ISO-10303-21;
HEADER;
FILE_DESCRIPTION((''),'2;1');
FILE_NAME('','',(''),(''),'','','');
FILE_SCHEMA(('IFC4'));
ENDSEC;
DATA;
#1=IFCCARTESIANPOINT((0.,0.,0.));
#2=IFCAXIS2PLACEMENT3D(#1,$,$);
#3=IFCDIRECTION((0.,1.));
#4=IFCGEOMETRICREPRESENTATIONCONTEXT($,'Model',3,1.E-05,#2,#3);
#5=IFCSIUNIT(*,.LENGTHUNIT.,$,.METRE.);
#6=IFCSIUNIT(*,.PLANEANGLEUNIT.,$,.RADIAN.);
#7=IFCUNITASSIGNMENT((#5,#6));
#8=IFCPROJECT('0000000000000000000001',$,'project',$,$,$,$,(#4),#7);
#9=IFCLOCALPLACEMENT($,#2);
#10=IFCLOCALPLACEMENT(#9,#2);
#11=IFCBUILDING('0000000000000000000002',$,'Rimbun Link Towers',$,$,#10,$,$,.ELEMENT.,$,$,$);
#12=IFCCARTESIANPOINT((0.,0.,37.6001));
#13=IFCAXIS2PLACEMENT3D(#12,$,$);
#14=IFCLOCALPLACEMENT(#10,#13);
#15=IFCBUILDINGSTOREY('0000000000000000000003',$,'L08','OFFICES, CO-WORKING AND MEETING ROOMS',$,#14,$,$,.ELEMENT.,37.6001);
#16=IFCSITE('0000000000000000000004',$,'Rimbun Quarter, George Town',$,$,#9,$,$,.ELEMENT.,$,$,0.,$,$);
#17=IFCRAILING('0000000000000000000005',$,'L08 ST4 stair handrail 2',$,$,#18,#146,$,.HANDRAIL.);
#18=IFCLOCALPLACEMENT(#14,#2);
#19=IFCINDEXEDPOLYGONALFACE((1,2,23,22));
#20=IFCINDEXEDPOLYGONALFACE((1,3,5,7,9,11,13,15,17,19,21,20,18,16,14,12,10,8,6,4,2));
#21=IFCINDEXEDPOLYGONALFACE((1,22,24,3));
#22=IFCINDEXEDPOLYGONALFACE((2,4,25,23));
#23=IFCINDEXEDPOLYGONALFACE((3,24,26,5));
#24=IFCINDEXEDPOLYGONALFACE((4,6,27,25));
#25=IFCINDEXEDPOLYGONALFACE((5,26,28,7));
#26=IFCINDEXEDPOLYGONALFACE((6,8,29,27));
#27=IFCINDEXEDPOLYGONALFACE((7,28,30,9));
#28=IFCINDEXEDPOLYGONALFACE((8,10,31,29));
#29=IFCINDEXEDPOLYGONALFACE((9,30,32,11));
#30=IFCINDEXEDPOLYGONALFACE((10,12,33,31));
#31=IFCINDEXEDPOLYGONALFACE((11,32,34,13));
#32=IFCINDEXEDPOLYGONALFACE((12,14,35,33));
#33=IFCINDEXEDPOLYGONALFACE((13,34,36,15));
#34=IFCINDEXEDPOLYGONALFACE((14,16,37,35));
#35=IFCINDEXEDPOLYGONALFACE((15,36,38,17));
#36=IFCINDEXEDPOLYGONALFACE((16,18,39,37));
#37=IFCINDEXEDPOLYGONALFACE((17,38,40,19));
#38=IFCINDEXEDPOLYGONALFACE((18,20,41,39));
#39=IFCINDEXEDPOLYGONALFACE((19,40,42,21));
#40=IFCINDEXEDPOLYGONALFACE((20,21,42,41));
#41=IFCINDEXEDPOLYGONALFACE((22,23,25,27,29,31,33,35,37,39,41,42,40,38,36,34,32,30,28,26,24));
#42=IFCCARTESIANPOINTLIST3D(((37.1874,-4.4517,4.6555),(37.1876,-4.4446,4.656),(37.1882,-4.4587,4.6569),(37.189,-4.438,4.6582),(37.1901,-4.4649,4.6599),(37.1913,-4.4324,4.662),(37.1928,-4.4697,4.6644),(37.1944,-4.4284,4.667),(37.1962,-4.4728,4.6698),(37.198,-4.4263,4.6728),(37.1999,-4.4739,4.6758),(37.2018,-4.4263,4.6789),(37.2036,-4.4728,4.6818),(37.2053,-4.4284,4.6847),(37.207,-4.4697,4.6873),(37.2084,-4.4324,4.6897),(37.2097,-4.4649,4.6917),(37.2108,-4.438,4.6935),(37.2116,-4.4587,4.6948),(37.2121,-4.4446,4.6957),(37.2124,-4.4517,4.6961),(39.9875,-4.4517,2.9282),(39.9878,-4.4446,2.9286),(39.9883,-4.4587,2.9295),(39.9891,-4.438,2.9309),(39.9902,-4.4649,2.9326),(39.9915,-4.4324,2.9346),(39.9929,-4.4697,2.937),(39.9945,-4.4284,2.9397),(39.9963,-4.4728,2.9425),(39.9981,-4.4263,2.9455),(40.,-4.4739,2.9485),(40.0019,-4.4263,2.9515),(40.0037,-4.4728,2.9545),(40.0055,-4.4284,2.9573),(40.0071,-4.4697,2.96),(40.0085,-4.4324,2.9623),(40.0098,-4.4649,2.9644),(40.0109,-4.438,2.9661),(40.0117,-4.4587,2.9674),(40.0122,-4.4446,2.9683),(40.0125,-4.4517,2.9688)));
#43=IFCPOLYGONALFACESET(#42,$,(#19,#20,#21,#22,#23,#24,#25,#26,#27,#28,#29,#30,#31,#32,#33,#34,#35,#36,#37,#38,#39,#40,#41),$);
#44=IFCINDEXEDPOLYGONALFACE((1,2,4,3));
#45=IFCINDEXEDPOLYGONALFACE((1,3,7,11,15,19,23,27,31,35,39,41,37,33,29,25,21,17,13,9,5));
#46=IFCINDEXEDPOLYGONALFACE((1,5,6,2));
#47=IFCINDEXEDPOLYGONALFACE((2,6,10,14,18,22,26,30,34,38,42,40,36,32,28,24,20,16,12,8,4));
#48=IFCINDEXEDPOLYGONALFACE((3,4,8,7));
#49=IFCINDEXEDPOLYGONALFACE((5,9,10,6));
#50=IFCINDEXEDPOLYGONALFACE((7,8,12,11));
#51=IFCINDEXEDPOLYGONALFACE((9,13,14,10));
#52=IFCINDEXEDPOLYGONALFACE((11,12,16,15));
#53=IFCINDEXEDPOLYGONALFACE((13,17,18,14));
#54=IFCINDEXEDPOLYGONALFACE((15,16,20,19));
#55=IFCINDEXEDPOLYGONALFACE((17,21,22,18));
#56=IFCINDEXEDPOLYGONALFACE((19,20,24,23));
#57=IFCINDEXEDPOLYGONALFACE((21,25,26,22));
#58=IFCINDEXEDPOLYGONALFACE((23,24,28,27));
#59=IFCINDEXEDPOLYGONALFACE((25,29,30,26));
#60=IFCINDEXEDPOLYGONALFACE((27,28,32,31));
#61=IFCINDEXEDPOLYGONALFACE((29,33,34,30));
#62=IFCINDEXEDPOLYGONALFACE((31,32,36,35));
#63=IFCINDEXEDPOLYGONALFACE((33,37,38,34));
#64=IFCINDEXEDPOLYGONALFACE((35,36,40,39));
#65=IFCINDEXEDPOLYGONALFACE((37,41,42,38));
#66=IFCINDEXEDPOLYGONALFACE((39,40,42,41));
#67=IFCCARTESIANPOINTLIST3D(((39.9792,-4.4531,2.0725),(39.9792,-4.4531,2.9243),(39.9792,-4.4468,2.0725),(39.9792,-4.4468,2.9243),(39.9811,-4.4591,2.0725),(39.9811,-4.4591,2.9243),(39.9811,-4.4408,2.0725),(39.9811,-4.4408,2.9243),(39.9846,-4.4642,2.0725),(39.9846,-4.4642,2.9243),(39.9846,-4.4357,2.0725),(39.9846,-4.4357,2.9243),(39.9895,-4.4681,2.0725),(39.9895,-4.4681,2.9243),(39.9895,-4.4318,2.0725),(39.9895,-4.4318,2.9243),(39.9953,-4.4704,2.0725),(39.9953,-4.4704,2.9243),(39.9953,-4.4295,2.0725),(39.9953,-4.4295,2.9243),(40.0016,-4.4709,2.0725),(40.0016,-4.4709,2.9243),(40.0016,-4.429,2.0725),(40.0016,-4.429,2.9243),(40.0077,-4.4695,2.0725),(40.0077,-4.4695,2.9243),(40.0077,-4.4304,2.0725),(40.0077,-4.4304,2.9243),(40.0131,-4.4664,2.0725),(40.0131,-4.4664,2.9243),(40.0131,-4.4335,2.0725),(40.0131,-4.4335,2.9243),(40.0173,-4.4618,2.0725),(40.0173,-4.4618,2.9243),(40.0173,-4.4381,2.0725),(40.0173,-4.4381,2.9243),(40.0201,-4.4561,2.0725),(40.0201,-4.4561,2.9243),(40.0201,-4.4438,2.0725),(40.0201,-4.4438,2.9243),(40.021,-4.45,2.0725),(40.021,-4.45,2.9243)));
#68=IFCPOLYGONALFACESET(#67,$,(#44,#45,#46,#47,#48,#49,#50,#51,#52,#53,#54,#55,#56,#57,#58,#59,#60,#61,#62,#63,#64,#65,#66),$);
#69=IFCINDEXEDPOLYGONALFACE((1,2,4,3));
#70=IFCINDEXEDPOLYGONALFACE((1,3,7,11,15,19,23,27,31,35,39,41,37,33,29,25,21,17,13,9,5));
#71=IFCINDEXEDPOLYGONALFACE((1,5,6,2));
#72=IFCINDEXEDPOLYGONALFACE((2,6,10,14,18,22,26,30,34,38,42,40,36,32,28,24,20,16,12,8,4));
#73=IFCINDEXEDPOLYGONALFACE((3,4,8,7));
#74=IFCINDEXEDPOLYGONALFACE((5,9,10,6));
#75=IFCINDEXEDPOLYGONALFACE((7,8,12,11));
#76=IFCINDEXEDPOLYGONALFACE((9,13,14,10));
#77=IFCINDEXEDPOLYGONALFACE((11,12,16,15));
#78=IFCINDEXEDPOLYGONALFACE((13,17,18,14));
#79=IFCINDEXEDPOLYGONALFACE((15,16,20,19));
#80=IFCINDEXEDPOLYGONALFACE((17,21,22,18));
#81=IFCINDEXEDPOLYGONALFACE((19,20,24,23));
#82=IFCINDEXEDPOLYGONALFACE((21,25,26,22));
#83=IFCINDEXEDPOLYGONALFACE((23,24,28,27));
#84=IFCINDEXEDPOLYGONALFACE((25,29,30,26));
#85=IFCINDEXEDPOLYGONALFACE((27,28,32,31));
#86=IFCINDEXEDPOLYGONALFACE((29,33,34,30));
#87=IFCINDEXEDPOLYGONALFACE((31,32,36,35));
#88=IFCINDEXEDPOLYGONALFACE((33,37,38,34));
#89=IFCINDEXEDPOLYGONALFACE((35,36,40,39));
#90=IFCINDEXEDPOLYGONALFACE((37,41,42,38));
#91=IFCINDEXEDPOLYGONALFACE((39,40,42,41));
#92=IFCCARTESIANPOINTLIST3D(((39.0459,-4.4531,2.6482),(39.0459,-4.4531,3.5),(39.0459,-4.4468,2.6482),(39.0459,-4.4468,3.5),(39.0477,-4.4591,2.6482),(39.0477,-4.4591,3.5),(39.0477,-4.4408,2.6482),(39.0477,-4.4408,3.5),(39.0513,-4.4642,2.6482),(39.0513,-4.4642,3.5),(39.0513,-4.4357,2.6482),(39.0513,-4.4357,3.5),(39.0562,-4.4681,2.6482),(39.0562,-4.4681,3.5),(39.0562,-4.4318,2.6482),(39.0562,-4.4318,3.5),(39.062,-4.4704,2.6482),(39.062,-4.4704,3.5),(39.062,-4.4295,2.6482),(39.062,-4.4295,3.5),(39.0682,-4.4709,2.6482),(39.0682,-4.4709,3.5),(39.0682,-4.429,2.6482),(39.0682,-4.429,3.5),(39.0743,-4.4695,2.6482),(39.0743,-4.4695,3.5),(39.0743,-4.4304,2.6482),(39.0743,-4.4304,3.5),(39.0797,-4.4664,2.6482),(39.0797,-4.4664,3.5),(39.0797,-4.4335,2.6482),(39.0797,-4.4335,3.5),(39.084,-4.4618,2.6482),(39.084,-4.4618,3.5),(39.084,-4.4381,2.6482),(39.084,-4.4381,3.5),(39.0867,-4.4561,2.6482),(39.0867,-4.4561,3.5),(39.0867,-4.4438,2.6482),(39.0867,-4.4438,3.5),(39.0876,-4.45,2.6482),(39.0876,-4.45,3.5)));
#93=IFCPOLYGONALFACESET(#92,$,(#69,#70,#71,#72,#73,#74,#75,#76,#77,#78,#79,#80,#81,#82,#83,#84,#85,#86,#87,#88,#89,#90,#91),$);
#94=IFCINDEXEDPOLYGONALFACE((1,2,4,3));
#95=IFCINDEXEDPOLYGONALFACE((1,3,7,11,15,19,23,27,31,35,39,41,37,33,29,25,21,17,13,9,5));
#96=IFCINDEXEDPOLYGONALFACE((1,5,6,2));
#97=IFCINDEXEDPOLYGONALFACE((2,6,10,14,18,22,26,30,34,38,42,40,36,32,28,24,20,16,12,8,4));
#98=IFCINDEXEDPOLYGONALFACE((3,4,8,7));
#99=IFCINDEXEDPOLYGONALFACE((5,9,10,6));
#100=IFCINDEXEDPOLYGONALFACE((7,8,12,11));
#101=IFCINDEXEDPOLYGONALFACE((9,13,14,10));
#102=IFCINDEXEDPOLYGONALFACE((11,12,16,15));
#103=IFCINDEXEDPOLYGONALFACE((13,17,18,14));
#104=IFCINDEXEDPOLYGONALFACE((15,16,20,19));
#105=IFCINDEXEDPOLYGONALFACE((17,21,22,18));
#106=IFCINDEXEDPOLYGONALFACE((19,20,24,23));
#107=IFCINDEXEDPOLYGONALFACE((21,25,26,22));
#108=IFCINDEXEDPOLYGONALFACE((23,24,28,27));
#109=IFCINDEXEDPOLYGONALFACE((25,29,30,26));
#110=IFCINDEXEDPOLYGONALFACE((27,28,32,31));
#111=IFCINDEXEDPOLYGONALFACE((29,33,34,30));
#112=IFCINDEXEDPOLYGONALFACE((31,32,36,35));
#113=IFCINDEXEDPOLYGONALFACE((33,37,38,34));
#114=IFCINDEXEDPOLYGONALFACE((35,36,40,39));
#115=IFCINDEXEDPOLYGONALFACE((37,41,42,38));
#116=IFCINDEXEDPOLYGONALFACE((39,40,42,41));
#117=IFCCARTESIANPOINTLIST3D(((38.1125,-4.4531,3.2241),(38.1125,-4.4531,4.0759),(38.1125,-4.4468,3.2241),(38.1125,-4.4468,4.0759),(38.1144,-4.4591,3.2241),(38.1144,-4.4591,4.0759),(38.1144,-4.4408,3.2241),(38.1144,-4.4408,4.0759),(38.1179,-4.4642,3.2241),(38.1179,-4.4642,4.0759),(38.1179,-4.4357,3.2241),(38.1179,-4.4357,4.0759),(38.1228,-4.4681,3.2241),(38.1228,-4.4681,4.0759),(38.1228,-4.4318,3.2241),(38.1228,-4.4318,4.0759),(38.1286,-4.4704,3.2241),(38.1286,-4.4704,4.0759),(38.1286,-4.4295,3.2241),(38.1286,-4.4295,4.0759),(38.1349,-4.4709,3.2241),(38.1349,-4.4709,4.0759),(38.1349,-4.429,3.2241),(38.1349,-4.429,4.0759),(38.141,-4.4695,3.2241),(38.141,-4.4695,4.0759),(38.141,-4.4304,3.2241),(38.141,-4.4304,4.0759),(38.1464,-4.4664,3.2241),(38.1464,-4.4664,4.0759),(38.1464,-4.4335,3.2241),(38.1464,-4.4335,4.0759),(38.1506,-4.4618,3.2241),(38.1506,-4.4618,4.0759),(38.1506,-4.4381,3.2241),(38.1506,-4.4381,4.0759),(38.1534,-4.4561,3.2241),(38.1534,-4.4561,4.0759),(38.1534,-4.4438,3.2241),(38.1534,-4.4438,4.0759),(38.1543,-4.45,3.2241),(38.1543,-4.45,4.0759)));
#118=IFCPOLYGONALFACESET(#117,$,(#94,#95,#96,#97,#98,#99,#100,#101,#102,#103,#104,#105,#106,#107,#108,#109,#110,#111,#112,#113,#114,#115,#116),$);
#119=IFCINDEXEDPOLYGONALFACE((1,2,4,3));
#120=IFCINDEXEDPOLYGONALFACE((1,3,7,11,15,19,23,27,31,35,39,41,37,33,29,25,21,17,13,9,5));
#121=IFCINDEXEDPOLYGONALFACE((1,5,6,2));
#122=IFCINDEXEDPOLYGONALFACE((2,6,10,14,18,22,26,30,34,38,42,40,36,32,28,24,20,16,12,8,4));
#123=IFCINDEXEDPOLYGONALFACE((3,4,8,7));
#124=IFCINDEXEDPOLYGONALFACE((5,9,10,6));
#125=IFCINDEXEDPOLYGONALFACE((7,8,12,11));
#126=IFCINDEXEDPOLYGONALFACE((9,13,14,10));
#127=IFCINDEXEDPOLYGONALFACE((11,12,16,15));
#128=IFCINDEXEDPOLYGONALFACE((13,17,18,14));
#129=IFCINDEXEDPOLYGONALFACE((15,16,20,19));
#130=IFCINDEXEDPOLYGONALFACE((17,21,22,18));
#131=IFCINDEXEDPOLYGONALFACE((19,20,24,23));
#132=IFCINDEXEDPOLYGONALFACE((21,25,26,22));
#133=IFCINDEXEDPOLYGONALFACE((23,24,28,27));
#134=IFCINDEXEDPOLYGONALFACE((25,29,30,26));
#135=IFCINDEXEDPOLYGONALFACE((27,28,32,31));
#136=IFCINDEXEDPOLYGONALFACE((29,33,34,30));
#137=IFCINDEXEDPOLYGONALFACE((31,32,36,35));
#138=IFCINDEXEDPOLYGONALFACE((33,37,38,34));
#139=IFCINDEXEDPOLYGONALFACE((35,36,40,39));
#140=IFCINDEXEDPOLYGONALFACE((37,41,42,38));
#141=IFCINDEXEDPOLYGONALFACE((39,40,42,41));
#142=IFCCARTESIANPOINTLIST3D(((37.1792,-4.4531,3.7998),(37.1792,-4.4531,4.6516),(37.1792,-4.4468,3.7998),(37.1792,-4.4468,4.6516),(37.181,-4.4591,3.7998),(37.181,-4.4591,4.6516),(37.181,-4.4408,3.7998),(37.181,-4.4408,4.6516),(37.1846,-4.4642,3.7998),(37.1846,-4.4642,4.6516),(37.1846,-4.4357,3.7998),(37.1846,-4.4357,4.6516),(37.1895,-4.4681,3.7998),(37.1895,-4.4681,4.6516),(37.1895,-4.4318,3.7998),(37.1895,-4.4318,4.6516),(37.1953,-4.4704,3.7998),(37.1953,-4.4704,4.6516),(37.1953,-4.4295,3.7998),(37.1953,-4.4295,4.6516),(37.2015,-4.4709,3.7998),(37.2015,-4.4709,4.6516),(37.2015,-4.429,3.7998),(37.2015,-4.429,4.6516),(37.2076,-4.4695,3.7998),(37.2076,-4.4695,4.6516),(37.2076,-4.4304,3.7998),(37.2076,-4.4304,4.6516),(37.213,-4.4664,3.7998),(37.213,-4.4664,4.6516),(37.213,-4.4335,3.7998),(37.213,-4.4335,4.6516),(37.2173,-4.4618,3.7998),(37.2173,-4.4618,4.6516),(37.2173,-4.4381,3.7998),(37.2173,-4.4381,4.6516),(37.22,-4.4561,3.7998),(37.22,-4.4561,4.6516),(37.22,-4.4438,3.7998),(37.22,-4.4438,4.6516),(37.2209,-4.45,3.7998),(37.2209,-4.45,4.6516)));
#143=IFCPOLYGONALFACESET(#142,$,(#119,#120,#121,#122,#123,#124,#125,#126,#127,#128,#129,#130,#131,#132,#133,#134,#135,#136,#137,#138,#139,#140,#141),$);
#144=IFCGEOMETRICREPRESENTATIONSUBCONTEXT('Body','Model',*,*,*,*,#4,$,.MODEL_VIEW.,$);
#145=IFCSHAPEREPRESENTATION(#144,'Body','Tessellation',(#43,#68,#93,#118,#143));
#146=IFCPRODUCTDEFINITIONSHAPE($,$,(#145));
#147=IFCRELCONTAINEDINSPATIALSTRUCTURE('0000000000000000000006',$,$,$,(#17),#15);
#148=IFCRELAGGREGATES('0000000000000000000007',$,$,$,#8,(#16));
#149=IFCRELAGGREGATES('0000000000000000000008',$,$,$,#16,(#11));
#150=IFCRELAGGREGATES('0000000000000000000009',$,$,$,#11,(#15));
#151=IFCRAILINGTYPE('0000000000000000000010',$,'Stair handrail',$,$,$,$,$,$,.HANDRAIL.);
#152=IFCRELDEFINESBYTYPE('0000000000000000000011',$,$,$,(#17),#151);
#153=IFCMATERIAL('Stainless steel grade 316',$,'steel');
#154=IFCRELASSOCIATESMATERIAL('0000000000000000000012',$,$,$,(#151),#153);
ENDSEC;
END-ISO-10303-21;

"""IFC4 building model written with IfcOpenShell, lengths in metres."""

from ifc_helpers import new_model, si_unit, direction, frame, origin, origin_2d, place, context, subcontext, project, spatial, circle, extrude, material, type_object, element, save


model = new_model("IFC4")

# Units and contexts
model_context = context("Model", 3, precision=1e-05, world=origin(), true_north=direction((0.0, 1.0)))
body_context = subcontext(model_context, "Body", "Model", "MODEL_VIEW")
ifc_project = project(units=[si_unit("LENGTHUNIT", "METRE"), si_unit("PLANEANGLEUNIT", "RADIAN")], contexts=[model_context])

# Site, building, storey
site_placement = place(None, origin())
site = spatial("IfcSite", under=ifc_project, at=site_placement, Name="Rimbun Quarter, George Town", CompositionType="ELEMENT", RefElevation=0.0)
building_placement = place(site_placement, origin())
building = spatial("IfcBuilding", under=site, at=building_placement, Name="Rimbun Link Towers", CompositionType="ELEMENT")
storey_placement = place(building_placement, frame((0.0, 0.0, 37.6001)))
storey = spatial("IfcBuildingStorey", under=building, at=storey_placement, Name="L08", Description="OFFICES, CO-WORKING AND MEETING ROOMS", CompositionType="ELEMENT", Elevation=37.6001)

# Railing
ifc_material_1 = material(Name="Stainless steel grade 316", Category="steel")
railing_type_1 = type_object("IfcRailingType", Name="Stair handrail", PredefinedType="HANDRAIL", material=ifc_material_1)
railing_1_placement = place(storey_placement, frame((40.0, -4.45, 2.0725)))
element("IfcRailing", 1, at=railing_1_placement, inside=storey, type_object=railing_type_1, Name="L08 ST4 stair handrail 2", PredefinedType="HANDRAIL", context=body_context, shape_type="SweptSolid", body=[
    extrude(circle(Radius=0.0239, at=origin_2d()), frame((0.0, 0.0, 0.876), z_axis=(-0.85109, 0.0, 0.52502), x_axis=(0.0, -1.0, 0.0)), (0.0, 0.0, 1.0), 3.29),
    extrude(circle(Radius=0.021, at=origin_2d()), origin(), (0.0, 0.0, 1.0), 0.8518),
    extrude(circle(Radius=0.021, at=origin_2d()), frame((-0.9333, 0.0, 0.5757)), (0.0, 0.0, 1.0), 0.8518),
    extrude(circle(Radius=0.021, at=origin_2d()), frame((-1.8667, 0.0, 1.1516)), (0.0, 0.0, 1.0), 0.8518),
    extrude(circle(Radius=0.021, at=origin_2d()), frame((-2.8, 0.0, 1.7273)), (0.0, 0.0, 1.0), 0.8518),
])

save(model, "model.ifc")
